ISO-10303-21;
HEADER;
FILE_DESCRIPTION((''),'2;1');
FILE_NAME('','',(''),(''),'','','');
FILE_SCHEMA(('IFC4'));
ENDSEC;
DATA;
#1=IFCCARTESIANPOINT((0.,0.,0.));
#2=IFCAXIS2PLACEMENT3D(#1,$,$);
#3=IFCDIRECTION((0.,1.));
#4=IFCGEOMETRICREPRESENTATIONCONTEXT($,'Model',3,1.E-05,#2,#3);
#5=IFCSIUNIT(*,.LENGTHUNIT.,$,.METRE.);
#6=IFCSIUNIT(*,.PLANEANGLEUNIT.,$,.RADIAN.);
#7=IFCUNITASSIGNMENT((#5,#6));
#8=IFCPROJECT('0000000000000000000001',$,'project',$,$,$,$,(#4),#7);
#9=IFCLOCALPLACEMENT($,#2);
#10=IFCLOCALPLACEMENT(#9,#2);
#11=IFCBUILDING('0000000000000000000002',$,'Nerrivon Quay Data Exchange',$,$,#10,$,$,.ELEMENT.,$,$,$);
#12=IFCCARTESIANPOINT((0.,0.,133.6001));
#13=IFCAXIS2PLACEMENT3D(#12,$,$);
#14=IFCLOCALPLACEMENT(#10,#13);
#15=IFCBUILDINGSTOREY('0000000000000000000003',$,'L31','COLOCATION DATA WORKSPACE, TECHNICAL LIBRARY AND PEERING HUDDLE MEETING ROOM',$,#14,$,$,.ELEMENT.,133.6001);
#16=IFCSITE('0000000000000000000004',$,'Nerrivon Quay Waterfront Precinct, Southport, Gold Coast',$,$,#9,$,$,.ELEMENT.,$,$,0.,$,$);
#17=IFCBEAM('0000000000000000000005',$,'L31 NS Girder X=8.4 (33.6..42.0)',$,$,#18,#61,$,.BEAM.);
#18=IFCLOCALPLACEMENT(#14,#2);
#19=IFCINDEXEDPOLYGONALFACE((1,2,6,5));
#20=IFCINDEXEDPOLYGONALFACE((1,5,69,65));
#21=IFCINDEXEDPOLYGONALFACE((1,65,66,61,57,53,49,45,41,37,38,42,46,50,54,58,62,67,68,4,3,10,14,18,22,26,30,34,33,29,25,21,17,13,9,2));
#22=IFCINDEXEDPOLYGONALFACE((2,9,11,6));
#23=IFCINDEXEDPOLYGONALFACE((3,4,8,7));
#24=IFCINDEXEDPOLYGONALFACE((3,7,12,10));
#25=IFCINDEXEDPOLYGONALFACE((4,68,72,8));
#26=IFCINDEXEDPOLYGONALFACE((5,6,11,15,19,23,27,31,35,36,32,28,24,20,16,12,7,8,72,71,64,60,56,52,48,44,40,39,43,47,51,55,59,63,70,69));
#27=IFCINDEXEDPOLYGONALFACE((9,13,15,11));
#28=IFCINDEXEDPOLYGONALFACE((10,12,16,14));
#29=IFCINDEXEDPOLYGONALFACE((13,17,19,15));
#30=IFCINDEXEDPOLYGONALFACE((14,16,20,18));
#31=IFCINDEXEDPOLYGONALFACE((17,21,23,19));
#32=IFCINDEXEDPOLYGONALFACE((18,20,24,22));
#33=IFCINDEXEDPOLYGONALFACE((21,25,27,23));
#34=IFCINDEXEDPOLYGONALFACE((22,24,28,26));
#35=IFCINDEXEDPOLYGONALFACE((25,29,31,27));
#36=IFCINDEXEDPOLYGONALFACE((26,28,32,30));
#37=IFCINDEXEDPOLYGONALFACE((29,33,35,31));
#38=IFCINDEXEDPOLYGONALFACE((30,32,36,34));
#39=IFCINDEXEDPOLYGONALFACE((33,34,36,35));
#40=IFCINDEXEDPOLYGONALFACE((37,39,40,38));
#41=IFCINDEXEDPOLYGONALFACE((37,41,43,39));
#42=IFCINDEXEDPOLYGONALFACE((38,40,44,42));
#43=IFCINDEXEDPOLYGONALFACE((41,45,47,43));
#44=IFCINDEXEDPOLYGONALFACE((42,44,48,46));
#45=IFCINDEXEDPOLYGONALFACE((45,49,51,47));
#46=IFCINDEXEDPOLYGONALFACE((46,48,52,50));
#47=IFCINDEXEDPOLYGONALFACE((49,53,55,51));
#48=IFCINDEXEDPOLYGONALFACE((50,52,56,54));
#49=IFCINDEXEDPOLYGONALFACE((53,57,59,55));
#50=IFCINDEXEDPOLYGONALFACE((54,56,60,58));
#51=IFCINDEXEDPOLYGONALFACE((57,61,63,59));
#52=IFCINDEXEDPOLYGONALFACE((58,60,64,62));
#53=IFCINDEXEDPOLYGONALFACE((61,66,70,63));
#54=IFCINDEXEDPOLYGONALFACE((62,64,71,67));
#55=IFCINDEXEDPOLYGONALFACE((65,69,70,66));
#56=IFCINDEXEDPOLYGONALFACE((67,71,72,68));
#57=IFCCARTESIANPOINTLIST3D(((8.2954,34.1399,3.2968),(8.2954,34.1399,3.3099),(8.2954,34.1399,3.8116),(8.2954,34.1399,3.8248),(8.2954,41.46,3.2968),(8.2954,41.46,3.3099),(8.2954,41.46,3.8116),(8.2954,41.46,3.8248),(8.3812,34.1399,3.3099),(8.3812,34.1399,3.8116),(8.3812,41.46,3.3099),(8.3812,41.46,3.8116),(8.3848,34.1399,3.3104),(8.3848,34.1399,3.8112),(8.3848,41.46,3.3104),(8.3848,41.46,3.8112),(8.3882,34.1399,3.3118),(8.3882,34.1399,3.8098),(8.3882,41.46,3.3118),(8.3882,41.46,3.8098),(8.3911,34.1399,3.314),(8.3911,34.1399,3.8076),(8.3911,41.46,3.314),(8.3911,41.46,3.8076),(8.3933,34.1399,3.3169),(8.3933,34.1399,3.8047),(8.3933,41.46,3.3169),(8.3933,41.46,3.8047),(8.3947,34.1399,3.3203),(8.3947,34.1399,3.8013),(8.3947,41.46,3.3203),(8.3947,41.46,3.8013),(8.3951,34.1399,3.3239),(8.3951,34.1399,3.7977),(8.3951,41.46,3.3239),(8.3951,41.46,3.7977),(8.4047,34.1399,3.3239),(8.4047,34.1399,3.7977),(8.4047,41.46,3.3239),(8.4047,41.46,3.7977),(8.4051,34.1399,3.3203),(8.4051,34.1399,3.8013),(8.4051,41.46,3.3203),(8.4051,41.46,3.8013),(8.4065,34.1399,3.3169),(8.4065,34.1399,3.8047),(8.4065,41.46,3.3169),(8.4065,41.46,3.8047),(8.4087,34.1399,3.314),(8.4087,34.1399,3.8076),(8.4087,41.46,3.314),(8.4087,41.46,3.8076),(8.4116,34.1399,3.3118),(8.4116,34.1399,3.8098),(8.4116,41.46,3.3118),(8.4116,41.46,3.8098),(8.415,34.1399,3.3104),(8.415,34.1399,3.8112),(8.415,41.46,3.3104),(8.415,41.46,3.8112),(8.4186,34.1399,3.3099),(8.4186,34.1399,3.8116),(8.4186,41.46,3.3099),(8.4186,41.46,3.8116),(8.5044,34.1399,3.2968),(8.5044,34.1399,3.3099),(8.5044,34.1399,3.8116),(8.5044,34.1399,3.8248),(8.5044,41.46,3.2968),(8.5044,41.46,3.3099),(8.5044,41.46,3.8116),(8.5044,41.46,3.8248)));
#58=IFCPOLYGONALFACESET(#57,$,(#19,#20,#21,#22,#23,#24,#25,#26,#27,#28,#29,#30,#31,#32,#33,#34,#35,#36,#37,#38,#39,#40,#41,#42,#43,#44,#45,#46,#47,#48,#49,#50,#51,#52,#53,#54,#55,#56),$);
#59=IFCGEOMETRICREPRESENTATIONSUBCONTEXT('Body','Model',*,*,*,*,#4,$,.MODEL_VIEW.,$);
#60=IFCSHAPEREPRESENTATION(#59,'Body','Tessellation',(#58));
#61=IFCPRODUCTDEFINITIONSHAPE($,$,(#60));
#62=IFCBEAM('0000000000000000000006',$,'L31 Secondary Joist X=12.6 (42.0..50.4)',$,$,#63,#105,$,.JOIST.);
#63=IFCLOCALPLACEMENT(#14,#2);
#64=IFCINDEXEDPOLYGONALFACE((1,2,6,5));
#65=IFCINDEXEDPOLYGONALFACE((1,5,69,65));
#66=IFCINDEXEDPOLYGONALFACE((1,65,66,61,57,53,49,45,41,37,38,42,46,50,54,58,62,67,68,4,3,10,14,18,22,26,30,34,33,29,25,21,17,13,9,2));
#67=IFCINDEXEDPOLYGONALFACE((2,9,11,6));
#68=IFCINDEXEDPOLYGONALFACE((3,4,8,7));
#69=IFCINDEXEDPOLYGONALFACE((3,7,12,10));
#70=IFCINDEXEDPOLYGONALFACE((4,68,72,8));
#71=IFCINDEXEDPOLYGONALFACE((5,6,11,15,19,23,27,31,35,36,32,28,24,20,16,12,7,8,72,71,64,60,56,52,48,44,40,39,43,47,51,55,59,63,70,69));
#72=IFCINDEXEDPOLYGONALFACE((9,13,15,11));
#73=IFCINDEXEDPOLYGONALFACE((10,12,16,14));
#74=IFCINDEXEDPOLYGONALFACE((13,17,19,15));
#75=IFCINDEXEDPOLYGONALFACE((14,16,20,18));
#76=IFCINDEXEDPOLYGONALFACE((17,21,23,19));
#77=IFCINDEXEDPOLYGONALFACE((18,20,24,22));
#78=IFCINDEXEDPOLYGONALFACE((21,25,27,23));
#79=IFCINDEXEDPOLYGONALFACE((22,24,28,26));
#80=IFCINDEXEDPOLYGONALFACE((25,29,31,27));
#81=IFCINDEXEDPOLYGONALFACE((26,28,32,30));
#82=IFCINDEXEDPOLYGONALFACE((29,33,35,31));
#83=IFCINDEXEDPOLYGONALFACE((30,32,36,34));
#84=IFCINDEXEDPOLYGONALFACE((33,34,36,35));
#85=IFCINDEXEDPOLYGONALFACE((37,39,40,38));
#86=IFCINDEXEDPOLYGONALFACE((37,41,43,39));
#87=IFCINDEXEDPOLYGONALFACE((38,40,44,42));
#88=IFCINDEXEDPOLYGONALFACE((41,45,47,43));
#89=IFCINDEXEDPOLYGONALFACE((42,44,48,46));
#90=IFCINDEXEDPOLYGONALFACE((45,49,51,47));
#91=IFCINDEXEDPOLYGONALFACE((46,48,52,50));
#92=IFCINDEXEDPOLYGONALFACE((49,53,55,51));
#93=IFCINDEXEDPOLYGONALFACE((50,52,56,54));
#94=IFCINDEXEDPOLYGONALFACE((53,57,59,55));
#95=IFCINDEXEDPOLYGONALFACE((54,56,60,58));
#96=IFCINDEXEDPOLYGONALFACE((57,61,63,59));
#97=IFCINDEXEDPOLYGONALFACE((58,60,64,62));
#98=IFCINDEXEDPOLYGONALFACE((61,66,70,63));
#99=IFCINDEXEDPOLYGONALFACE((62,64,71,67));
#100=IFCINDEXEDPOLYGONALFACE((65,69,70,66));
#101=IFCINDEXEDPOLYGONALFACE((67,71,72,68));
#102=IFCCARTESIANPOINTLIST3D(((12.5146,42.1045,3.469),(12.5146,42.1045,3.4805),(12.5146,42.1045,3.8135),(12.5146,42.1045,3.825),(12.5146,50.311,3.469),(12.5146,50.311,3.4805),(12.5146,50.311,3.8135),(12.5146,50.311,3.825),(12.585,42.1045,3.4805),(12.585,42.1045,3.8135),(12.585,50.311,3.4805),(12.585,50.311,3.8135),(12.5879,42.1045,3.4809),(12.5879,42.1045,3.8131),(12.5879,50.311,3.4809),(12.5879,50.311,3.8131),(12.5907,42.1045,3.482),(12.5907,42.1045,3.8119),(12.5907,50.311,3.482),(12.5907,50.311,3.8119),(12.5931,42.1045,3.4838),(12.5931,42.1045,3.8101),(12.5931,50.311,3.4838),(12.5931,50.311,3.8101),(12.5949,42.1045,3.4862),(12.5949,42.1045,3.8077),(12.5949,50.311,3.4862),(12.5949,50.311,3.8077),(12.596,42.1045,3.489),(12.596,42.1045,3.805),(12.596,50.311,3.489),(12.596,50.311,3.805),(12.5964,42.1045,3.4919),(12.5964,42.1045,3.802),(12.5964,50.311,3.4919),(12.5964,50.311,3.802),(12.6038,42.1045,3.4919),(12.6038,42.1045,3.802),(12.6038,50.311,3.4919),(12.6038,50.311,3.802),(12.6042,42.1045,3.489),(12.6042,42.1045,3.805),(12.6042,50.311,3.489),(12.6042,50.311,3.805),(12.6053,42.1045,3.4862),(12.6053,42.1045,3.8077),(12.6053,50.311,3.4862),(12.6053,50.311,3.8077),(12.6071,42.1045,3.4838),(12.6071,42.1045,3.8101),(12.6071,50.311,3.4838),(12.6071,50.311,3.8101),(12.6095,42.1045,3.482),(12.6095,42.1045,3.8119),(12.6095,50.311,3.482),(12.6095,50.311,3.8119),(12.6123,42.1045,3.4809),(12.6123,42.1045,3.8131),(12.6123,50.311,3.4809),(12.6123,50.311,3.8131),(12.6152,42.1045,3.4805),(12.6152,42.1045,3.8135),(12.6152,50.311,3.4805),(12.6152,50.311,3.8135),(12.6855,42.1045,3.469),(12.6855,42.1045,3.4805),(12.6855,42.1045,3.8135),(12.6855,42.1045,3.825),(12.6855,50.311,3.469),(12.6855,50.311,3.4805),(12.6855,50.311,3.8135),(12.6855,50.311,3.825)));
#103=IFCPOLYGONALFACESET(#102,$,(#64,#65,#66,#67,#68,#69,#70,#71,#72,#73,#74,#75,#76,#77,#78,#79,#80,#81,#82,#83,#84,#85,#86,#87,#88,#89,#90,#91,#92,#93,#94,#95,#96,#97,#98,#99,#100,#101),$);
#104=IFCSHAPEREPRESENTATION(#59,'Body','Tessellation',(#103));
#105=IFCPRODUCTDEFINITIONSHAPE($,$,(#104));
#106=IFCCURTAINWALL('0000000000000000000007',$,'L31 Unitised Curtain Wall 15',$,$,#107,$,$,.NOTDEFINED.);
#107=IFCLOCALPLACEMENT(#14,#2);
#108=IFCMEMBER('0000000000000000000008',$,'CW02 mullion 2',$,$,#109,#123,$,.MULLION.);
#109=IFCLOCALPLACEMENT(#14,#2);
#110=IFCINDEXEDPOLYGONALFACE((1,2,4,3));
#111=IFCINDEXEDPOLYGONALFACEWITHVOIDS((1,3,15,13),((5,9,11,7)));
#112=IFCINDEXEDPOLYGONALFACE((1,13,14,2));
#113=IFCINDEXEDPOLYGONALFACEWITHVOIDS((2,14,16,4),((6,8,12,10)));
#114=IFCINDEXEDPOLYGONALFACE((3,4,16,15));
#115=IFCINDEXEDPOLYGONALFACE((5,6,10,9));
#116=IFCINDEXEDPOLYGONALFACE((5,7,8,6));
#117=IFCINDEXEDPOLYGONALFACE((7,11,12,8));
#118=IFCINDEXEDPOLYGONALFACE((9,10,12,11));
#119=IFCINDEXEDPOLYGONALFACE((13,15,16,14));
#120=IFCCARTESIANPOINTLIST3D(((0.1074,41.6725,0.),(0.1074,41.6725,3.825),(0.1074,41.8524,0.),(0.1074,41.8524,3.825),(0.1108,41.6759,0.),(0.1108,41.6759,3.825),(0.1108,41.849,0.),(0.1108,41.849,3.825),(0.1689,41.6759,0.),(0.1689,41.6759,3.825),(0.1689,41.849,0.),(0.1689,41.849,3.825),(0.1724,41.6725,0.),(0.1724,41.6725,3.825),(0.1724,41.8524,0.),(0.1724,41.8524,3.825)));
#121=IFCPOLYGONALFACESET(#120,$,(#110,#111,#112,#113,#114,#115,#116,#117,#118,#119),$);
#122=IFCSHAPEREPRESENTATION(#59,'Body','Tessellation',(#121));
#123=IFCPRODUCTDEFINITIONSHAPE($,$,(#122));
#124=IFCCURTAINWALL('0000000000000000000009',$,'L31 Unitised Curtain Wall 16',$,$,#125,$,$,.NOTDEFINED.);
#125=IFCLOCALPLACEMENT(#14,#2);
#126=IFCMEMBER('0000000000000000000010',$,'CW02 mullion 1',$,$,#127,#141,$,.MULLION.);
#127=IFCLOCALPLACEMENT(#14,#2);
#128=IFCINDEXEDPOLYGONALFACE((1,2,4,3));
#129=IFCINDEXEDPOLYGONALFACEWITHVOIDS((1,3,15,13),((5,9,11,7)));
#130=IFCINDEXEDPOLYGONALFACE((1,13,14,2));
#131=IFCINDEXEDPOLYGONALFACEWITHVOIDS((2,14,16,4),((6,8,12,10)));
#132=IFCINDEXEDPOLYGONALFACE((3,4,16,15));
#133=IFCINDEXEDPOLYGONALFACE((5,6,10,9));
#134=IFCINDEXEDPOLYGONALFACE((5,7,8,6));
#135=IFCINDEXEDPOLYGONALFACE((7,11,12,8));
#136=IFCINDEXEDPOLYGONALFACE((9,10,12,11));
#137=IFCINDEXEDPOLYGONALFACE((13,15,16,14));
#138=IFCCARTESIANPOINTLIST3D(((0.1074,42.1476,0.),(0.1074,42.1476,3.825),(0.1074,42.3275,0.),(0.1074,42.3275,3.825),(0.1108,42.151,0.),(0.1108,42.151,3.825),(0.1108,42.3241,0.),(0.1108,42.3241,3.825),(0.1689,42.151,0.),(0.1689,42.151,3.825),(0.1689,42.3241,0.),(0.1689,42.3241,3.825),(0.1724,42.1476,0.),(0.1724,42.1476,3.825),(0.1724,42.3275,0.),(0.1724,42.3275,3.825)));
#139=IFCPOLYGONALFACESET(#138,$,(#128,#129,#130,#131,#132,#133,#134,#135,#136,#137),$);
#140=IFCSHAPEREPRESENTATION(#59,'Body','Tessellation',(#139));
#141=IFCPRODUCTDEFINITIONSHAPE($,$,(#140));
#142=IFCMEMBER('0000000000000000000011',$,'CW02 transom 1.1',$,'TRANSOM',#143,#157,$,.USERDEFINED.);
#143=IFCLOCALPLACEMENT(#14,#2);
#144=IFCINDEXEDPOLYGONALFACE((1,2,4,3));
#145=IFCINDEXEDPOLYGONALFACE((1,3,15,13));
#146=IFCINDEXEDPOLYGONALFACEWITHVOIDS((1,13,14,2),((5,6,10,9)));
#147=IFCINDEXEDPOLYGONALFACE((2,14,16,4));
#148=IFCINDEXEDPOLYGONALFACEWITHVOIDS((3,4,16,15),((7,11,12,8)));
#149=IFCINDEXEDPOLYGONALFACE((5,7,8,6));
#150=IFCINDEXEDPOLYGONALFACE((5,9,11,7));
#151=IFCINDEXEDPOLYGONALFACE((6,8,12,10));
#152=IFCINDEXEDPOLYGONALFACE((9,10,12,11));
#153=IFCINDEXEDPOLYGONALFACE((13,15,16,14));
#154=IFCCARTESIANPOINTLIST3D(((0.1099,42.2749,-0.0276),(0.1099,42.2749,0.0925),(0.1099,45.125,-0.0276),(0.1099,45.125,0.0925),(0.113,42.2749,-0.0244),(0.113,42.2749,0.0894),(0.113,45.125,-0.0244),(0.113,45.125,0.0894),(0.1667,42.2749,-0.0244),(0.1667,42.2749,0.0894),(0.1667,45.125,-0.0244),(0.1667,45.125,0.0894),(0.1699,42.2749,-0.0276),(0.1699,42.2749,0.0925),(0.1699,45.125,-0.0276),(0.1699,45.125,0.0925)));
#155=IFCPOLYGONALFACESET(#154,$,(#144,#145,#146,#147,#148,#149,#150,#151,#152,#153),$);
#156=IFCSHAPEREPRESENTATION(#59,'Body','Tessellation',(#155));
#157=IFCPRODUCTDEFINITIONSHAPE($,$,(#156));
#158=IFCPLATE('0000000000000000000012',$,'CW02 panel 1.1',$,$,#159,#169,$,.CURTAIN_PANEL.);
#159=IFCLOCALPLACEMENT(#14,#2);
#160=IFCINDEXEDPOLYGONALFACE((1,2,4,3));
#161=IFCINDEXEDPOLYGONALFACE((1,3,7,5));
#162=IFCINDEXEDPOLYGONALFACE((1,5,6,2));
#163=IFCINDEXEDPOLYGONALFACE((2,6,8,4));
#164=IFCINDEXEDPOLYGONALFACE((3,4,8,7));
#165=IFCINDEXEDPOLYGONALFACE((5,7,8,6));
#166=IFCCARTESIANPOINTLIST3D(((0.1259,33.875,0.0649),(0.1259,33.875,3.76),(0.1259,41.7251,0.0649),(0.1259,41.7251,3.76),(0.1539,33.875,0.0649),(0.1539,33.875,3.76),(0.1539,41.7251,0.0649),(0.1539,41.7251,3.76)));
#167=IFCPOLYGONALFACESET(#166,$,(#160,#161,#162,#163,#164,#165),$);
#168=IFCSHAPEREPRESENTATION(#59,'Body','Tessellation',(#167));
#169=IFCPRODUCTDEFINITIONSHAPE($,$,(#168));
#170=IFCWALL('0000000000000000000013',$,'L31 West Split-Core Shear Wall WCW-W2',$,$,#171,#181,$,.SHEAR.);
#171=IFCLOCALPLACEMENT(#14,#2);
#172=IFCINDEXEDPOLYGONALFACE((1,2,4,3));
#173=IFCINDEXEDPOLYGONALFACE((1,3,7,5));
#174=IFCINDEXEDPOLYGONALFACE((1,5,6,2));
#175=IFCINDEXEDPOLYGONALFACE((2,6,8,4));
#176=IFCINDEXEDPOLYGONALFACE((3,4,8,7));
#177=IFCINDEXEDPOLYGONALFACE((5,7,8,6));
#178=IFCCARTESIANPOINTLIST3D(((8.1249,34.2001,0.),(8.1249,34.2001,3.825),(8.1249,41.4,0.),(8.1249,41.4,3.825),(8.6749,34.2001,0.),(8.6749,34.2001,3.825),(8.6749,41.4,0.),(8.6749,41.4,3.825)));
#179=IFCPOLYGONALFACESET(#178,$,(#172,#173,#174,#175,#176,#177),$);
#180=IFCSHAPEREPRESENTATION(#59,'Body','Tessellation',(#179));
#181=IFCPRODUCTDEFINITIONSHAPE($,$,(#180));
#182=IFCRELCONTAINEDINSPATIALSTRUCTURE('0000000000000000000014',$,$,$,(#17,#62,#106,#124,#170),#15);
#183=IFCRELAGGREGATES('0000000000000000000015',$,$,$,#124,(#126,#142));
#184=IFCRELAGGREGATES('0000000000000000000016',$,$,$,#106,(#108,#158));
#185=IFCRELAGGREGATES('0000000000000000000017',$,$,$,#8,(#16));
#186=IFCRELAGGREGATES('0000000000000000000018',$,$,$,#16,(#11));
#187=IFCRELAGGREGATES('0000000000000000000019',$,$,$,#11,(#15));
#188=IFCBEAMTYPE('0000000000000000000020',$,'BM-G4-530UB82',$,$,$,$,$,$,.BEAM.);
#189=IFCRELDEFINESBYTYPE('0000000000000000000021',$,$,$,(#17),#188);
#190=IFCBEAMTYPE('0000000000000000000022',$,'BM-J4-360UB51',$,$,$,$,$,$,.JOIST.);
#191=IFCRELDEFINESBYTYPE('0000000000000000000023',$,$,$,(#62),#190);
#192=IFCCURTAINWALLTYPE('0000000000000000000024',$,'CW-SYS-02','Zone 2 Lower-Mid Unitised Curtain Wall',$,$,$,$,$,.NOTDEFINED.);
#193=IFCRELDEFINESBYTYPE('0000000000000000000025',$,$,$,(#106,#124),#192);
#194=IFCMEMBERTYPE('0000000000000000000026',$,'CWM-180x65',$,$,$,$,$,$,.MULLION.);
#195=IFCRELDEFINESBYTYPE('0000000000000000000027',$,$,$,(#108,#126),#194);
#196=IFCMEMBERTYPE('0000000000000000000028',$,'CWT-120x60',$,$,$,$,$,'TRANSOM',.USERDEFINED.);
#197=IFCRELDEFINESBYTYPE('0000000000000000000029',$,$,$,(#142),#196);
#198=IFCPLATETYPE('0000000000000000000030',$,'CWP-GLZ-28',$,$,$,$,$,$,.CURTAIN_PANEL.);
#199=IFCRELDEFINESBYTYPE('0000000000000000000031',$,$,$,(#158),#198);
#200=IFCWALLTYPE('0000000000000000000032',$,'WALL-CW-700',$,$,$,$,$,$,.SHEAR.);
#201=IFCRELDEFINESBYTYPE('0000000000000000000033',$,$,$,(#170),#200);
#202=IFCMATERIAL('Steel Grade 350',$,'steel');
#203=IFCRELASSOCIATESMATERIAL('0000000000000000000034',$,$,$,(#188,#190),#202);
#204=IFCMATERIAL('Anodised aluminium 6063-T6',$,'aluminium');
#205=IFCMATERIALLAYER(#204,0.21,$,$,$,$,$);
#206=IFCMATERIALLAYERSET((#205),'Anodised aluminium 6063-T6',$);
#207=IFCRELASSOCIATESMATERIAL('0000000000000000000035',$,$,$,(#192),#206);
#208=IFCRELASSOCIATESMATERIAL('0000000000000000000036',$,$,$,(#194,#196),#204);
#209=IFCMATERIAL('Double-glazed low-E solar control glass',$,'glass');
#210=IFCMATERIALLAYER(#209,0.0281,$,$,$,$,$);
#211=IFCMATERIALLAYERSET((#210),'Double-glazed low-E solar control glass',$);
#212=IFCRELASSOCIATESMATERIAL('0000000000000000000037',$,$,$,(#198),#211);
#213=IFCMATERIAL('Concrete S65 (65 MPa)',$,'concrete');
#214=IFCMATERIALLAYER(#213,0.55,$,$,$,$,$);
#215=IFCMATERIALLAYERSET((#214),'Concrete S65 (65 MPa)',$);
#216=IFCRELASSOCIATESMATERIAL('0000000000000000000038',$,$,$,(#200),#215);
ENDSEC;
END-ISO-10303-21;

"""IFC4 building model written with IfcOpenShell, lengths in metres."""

from ifc_helpers import new_model, si_unit, direction, frame, frame_2d, origin, origin_2d, place, context, subcontext, project, spatial, rectangle, hollow_rectangle, i_section, extrude, material, layer, layer_set, material_profile, profile_set, type_object, element, aggregate, save


model = new_model("IFC4")

# Units and contexts
model_context = context("Model", 3, precision=1e-05, world=origin(), true_north=direction((0.0, 1.0)))
body_context = subcontext(model_context, "Body", "Model", "MODEL_VIEW")
ifc_project = project(units=[si_unit("LENGTHUNIT", "METRE"), si_unit("PLANEANGLEUNIT", "RADIAN")], contexts=[model_context])

# Site, building, storey
site_placement = place(None, origin())
site = spatial("IfcSite", under=ifc_project, at=site_placement, Name="Nerrivon Quay Waterfront Precinct, Southport, Gold Coast", CompositionType="ELEMENT", RefElevation=0.0)
building_placement = place(site_placement, origin())
building = spatial("IfcBuilding", under=site, at=building_placement, Name="Nerrivon Quay Data Exchange", CompositionType="ELEMENT")
storey_placement = place(building_placement, frame((0.0, 0.0, 133.6001)))
storey = spatial("IfcBuildingStorey", under=building, at=storey_placement, Name="L31", Description="COLOCATION DATA WORKSPACE, TECHNICAL LIBRARY AND PEERING HUDDLE MEETING ROOM", CompositionType="ELEMENT", Elevation=133.6001)

# Shared definitions
ifc_material_1 = material(Name="Concrete S65 (65 MPa)", Category="concrete")
ifc_material_2 = material(Name="Steel Grade 350", Category="steel")

# Beams
ifc_material_profile_1 = material_profile(ifc_material_2, i_section(OverallWidth=0.209, OverallDepth=0.5281, WebThickness=0.0095, FlangeThickness=0.0132, FilletRadius=0.0139, at=origin_2d()), Name="530UB82.0")
ifc_profile_set_1 = profile_set([ifc_material_profile_1], Name="Steel Grade 350")
beam_type_1 = type_object("IfcBeamType", Name="BM-G4-530UB82", PredefinedType="BEAM", material=ifc_profile_set_1)
beam_1_placement = place(storey_placement, frame((8.3999, 34.1399, 3.5608), z_axis=(0.0, 1.0, 0.0), x_axis=(-1.0, 0.0, 0.0)))
element("IfcBeam", 1, at=beam_1_placement, inside=storey, type_object=beam_type_1, Name="L31 NS Girder X=8.4 (33.6..42.0)", PredefinedType="BEAM", context=body_context, shape_type="SweptSolid", body=[
    extrude(i_section(OverallWidth=0.209, OverallDepth=0.5281, WebThickness=0.0095, FlangeThickness=0.0132, FilletRadius=0.0139, at=origin_2d()), origin(), (0.0, 0.0, 1.0), 7.3201),
])
ifc_material_profile_2 = material_profile(ifc_material_2, i_section(OverallWidth=0.1709, OverallDepth=0.356, WebThickness=0.0073, FlangeThickness=0.0115, FilletRadius=0.0115, at=origin_2d()), Name="360UB50.7")
ifc_profile_set_2 = profile_set([ifc_material_profile_2], Name="Steel Grade 350")
beam_type_2 = type_object("IfcBeamType", Name="BM-J4-360UB51", PredefinedType="JOIST", material=ifc_profile_set_2)
beam_2_placement = place(storey_placement, frame((12.6001, 42.1045, 3.647), z_axis=(0.0, 1.0, 0.0), x_axis=(-1.0, 0.0, 0.0)))
element("IfcBeam", 2, at=beam_2_placement, inside=storey, type_object=beam_type_2, Name="L31 Secondary Joist X=12.6 (42.0..50.4)", PredefinedType="JOIST", context=body_context, shape_type="SweptSolid", body=[
    extrude(i_section(OverallWidth=0.1709, OverallDepth=0.356, WebThickness=0.0073, FlangeThickness=0.0115, FilletRadius=0.0115, at=origin_2d()), origin(), (0.0, 0.0, 1.0), 8.2065),
])

# Curtain wall, member
ifc_material_3 = material(Name="Anodised aluminium 6063-T6", Category="aluminium")
ifc_layer_1 = layer(ifc_material_3, 0.21)
ifc_layer_set_1 = layer_set([ifc_layer_1], Name="Anodised aluminium 6063-T6")
curtain_wall_type = type_object("IfcCurtainWallType", Name="CW-SYS-02", Description="Zone 2 Lower-Mid Unitised Curtain Wall", PredefinedType="NOTDEFINED", material=ifc_layer_set_1)
curtain_wall_1_placement = place(storey_placement, origin())
curtain_wall_1 = element("IfcCurtainWall", 3, at=curtain_wall_1_placement, inside=storey, type_object=curtain_wall_type, Name="L31 Unitised Curtain Wall 15", PredefinedType="NOTDEFINED")
ifc_material_profile_3 = material_profile(ifc_material_3, hollow_rectangle(XDim=0.0649, YDim=0.1799, WallThickness=0.0034, at=origin_2d()), Name="ALU-MULL-180x65")
ifc_profile_set_3 = profile_set([ifc_material_profile_3], Name="Anodised aluminium 6063-T6")
member_type_1 = type_object("IfcMemberType", Name="CWM-180x65", PredefinedType="MULLION", material=ifc_profile_set_3)
member_1_placement = place(storey_placement, frame((0.1399, 41.7625, 0.0), z_axis=(0.0, 0.0, 1.0), x_axis=(-1.0, 0.0, 0.0)))
member_1 = element("IfcMember", 4, at=member_1_placement, type_object=member_type_1, Name="CW02 mullion 2", PredefinedType="MULLION", context=body_context, shape_type="SweptSolid", body=[
    extrude(hollow_rectangle(XDim=0.0649, YDim=0.1799, WallThickness=0.0034, at=origin_2d()), origin(), (0.0, 0.0, 1.0), 3.825),
])

# Curtain wall, members
curtain_wall_2_placement = place(storey_placement, origin())
curtain_wall_2 = element("IfcCurtainWall", 5, at=curtain_wall_2_placement, inside=storey, type_object=curtain_wall_type, Name="L31 Unitised Curtain Wall 16", PredefinedType="NOTDEFINED")
member_2_placement = place(storey_placement, frame((0.1399, 42.2375, 0.0), z_axis=(0.0, 0.0, 1.0), x_axis=(-1.0, 0.0, 0.0)))
member_2 = element("IfcMember", 6, at=member_2_placement, type_object=member_type_1, Name="CW02 mullion 1", PredefinedType="MULLION", context=body_context, shape_type="SweptSolid", body=[
    extrude(hollow_rectangle(XDim=0.0649, YDim=0.1799, WallThickness=0.0034, at=origin_2d()), origin(), (0.0, 0.0, 1.0), 3.825),
])
ifc_material_profile_4 = material_profile(ifc_material_3, hollow_rectangle(XDim=0.0601, YDim=0.1201, WallThickness=0.0032, at=origin_2d()), Name="ALU-TRAN-120x60")
ifc_profile_set_4 = profile_set([ifc_material_profile_4], Name="Anodised aluminium 6063-T6")
member_type_2 = type_object("IfcMemberType", Name="CWT-120x60", ElementType="TRANSOM", PredefinedType="USERDEFINED", material=ifc_profile_set_4)
member_3_placement = place(storey_placement, frame((0.1399, 42.2749, 0.0325), z_axis=(0.0, 1.0, 0.0), x_axis=(-1.0, 0.0, 0.0)))
member_3 = element("IfcMember", 7, at=member_3_placement, type_object=member_type_2, Name="CW02 transom 1.1", ObjectType="TRANSOM", PredefinedType="USERDEFINED", context=body_context, shape_type="SweptSolid", body=[
    extrude(hollow_rectangle(XDim=0.0601, YDim=0.1201, WallThickness=0.0032, at=origin_2d()), origin(), (0.0, 0.0, 1.0), 2.8501),
])
aggregate(curtain_wall_2, [member_2, member_3])

# Plate
ifc_material_4 = material(Name="Double-glazed low-E solar control glass", Category="glass")
ifc_layer_2 = layer(ifc_material_4, 0.0281)
ifc_layer_set_2 = layer_set([ifc_layer_2], Name="Double-glazed low-E solar control glass")
plate_type = type_object("IfcPlateType", Name="CWP-GLZ-28", PredefinedType="CURTAIN_PANEL", material=ifc_layer_set_2)
plate_placement = place(storey_placement, frame((0.1399, 37.8, 0.0649), z_axis=(0.0, 0.0, 1.0), x_axis=(0.0, 1.0, 0.0)))
plate = element("IfcPlate", 8, at=plate_placement, type_object=plate_type, Name="CW02 panel 1.1", PredefinedType="CURTAIN_PANEL", context=body_context, shape_type="SweptSolid", body=[
    extrude(rectangle(XDim=7.8501, YDim=0.0281, at=origin_2d()), origin(), (0.0, 0.0, 1.0), 3.6951),
])
aggregate(curtain_wall_1, [member_1, plate])

# Wall
ifc_layer_3 = layer(ifc_material_1, 0.55)
ifc_layer_set_3 = layer_set([ifc_layer_3], Name="Concrete S65 (65 MPa)")
wall_type_1 = type_object("IfcWallType", Name="WALL-CW-700", PredefinedType="SHEAR", material=ifc_layer_set_3)
wall_1_placement = place(storey_placement, frame((8.3999, 34.2, 0.0), z_axis=(0.0, 0.0, 1.0), x_axis=(0.0, 1.0, 0.0)))
element("IfcWall", 9, at=wall_1_placement, inside=storey, type_object=wall_type_1, Name="L31 West Split-Core Shear Wall WCW-W2", PredefinedType="SHEAR", context=body_context, shape_type="SweptSolid", body=[
    extrude(rectangle(XDim=7.2, YDim=0.55, at=frame_2d((3.6001, 0.0))), origin(), (0.0, 0.0, 1.0), 3.825),
])

save(model, "model.ifc")
